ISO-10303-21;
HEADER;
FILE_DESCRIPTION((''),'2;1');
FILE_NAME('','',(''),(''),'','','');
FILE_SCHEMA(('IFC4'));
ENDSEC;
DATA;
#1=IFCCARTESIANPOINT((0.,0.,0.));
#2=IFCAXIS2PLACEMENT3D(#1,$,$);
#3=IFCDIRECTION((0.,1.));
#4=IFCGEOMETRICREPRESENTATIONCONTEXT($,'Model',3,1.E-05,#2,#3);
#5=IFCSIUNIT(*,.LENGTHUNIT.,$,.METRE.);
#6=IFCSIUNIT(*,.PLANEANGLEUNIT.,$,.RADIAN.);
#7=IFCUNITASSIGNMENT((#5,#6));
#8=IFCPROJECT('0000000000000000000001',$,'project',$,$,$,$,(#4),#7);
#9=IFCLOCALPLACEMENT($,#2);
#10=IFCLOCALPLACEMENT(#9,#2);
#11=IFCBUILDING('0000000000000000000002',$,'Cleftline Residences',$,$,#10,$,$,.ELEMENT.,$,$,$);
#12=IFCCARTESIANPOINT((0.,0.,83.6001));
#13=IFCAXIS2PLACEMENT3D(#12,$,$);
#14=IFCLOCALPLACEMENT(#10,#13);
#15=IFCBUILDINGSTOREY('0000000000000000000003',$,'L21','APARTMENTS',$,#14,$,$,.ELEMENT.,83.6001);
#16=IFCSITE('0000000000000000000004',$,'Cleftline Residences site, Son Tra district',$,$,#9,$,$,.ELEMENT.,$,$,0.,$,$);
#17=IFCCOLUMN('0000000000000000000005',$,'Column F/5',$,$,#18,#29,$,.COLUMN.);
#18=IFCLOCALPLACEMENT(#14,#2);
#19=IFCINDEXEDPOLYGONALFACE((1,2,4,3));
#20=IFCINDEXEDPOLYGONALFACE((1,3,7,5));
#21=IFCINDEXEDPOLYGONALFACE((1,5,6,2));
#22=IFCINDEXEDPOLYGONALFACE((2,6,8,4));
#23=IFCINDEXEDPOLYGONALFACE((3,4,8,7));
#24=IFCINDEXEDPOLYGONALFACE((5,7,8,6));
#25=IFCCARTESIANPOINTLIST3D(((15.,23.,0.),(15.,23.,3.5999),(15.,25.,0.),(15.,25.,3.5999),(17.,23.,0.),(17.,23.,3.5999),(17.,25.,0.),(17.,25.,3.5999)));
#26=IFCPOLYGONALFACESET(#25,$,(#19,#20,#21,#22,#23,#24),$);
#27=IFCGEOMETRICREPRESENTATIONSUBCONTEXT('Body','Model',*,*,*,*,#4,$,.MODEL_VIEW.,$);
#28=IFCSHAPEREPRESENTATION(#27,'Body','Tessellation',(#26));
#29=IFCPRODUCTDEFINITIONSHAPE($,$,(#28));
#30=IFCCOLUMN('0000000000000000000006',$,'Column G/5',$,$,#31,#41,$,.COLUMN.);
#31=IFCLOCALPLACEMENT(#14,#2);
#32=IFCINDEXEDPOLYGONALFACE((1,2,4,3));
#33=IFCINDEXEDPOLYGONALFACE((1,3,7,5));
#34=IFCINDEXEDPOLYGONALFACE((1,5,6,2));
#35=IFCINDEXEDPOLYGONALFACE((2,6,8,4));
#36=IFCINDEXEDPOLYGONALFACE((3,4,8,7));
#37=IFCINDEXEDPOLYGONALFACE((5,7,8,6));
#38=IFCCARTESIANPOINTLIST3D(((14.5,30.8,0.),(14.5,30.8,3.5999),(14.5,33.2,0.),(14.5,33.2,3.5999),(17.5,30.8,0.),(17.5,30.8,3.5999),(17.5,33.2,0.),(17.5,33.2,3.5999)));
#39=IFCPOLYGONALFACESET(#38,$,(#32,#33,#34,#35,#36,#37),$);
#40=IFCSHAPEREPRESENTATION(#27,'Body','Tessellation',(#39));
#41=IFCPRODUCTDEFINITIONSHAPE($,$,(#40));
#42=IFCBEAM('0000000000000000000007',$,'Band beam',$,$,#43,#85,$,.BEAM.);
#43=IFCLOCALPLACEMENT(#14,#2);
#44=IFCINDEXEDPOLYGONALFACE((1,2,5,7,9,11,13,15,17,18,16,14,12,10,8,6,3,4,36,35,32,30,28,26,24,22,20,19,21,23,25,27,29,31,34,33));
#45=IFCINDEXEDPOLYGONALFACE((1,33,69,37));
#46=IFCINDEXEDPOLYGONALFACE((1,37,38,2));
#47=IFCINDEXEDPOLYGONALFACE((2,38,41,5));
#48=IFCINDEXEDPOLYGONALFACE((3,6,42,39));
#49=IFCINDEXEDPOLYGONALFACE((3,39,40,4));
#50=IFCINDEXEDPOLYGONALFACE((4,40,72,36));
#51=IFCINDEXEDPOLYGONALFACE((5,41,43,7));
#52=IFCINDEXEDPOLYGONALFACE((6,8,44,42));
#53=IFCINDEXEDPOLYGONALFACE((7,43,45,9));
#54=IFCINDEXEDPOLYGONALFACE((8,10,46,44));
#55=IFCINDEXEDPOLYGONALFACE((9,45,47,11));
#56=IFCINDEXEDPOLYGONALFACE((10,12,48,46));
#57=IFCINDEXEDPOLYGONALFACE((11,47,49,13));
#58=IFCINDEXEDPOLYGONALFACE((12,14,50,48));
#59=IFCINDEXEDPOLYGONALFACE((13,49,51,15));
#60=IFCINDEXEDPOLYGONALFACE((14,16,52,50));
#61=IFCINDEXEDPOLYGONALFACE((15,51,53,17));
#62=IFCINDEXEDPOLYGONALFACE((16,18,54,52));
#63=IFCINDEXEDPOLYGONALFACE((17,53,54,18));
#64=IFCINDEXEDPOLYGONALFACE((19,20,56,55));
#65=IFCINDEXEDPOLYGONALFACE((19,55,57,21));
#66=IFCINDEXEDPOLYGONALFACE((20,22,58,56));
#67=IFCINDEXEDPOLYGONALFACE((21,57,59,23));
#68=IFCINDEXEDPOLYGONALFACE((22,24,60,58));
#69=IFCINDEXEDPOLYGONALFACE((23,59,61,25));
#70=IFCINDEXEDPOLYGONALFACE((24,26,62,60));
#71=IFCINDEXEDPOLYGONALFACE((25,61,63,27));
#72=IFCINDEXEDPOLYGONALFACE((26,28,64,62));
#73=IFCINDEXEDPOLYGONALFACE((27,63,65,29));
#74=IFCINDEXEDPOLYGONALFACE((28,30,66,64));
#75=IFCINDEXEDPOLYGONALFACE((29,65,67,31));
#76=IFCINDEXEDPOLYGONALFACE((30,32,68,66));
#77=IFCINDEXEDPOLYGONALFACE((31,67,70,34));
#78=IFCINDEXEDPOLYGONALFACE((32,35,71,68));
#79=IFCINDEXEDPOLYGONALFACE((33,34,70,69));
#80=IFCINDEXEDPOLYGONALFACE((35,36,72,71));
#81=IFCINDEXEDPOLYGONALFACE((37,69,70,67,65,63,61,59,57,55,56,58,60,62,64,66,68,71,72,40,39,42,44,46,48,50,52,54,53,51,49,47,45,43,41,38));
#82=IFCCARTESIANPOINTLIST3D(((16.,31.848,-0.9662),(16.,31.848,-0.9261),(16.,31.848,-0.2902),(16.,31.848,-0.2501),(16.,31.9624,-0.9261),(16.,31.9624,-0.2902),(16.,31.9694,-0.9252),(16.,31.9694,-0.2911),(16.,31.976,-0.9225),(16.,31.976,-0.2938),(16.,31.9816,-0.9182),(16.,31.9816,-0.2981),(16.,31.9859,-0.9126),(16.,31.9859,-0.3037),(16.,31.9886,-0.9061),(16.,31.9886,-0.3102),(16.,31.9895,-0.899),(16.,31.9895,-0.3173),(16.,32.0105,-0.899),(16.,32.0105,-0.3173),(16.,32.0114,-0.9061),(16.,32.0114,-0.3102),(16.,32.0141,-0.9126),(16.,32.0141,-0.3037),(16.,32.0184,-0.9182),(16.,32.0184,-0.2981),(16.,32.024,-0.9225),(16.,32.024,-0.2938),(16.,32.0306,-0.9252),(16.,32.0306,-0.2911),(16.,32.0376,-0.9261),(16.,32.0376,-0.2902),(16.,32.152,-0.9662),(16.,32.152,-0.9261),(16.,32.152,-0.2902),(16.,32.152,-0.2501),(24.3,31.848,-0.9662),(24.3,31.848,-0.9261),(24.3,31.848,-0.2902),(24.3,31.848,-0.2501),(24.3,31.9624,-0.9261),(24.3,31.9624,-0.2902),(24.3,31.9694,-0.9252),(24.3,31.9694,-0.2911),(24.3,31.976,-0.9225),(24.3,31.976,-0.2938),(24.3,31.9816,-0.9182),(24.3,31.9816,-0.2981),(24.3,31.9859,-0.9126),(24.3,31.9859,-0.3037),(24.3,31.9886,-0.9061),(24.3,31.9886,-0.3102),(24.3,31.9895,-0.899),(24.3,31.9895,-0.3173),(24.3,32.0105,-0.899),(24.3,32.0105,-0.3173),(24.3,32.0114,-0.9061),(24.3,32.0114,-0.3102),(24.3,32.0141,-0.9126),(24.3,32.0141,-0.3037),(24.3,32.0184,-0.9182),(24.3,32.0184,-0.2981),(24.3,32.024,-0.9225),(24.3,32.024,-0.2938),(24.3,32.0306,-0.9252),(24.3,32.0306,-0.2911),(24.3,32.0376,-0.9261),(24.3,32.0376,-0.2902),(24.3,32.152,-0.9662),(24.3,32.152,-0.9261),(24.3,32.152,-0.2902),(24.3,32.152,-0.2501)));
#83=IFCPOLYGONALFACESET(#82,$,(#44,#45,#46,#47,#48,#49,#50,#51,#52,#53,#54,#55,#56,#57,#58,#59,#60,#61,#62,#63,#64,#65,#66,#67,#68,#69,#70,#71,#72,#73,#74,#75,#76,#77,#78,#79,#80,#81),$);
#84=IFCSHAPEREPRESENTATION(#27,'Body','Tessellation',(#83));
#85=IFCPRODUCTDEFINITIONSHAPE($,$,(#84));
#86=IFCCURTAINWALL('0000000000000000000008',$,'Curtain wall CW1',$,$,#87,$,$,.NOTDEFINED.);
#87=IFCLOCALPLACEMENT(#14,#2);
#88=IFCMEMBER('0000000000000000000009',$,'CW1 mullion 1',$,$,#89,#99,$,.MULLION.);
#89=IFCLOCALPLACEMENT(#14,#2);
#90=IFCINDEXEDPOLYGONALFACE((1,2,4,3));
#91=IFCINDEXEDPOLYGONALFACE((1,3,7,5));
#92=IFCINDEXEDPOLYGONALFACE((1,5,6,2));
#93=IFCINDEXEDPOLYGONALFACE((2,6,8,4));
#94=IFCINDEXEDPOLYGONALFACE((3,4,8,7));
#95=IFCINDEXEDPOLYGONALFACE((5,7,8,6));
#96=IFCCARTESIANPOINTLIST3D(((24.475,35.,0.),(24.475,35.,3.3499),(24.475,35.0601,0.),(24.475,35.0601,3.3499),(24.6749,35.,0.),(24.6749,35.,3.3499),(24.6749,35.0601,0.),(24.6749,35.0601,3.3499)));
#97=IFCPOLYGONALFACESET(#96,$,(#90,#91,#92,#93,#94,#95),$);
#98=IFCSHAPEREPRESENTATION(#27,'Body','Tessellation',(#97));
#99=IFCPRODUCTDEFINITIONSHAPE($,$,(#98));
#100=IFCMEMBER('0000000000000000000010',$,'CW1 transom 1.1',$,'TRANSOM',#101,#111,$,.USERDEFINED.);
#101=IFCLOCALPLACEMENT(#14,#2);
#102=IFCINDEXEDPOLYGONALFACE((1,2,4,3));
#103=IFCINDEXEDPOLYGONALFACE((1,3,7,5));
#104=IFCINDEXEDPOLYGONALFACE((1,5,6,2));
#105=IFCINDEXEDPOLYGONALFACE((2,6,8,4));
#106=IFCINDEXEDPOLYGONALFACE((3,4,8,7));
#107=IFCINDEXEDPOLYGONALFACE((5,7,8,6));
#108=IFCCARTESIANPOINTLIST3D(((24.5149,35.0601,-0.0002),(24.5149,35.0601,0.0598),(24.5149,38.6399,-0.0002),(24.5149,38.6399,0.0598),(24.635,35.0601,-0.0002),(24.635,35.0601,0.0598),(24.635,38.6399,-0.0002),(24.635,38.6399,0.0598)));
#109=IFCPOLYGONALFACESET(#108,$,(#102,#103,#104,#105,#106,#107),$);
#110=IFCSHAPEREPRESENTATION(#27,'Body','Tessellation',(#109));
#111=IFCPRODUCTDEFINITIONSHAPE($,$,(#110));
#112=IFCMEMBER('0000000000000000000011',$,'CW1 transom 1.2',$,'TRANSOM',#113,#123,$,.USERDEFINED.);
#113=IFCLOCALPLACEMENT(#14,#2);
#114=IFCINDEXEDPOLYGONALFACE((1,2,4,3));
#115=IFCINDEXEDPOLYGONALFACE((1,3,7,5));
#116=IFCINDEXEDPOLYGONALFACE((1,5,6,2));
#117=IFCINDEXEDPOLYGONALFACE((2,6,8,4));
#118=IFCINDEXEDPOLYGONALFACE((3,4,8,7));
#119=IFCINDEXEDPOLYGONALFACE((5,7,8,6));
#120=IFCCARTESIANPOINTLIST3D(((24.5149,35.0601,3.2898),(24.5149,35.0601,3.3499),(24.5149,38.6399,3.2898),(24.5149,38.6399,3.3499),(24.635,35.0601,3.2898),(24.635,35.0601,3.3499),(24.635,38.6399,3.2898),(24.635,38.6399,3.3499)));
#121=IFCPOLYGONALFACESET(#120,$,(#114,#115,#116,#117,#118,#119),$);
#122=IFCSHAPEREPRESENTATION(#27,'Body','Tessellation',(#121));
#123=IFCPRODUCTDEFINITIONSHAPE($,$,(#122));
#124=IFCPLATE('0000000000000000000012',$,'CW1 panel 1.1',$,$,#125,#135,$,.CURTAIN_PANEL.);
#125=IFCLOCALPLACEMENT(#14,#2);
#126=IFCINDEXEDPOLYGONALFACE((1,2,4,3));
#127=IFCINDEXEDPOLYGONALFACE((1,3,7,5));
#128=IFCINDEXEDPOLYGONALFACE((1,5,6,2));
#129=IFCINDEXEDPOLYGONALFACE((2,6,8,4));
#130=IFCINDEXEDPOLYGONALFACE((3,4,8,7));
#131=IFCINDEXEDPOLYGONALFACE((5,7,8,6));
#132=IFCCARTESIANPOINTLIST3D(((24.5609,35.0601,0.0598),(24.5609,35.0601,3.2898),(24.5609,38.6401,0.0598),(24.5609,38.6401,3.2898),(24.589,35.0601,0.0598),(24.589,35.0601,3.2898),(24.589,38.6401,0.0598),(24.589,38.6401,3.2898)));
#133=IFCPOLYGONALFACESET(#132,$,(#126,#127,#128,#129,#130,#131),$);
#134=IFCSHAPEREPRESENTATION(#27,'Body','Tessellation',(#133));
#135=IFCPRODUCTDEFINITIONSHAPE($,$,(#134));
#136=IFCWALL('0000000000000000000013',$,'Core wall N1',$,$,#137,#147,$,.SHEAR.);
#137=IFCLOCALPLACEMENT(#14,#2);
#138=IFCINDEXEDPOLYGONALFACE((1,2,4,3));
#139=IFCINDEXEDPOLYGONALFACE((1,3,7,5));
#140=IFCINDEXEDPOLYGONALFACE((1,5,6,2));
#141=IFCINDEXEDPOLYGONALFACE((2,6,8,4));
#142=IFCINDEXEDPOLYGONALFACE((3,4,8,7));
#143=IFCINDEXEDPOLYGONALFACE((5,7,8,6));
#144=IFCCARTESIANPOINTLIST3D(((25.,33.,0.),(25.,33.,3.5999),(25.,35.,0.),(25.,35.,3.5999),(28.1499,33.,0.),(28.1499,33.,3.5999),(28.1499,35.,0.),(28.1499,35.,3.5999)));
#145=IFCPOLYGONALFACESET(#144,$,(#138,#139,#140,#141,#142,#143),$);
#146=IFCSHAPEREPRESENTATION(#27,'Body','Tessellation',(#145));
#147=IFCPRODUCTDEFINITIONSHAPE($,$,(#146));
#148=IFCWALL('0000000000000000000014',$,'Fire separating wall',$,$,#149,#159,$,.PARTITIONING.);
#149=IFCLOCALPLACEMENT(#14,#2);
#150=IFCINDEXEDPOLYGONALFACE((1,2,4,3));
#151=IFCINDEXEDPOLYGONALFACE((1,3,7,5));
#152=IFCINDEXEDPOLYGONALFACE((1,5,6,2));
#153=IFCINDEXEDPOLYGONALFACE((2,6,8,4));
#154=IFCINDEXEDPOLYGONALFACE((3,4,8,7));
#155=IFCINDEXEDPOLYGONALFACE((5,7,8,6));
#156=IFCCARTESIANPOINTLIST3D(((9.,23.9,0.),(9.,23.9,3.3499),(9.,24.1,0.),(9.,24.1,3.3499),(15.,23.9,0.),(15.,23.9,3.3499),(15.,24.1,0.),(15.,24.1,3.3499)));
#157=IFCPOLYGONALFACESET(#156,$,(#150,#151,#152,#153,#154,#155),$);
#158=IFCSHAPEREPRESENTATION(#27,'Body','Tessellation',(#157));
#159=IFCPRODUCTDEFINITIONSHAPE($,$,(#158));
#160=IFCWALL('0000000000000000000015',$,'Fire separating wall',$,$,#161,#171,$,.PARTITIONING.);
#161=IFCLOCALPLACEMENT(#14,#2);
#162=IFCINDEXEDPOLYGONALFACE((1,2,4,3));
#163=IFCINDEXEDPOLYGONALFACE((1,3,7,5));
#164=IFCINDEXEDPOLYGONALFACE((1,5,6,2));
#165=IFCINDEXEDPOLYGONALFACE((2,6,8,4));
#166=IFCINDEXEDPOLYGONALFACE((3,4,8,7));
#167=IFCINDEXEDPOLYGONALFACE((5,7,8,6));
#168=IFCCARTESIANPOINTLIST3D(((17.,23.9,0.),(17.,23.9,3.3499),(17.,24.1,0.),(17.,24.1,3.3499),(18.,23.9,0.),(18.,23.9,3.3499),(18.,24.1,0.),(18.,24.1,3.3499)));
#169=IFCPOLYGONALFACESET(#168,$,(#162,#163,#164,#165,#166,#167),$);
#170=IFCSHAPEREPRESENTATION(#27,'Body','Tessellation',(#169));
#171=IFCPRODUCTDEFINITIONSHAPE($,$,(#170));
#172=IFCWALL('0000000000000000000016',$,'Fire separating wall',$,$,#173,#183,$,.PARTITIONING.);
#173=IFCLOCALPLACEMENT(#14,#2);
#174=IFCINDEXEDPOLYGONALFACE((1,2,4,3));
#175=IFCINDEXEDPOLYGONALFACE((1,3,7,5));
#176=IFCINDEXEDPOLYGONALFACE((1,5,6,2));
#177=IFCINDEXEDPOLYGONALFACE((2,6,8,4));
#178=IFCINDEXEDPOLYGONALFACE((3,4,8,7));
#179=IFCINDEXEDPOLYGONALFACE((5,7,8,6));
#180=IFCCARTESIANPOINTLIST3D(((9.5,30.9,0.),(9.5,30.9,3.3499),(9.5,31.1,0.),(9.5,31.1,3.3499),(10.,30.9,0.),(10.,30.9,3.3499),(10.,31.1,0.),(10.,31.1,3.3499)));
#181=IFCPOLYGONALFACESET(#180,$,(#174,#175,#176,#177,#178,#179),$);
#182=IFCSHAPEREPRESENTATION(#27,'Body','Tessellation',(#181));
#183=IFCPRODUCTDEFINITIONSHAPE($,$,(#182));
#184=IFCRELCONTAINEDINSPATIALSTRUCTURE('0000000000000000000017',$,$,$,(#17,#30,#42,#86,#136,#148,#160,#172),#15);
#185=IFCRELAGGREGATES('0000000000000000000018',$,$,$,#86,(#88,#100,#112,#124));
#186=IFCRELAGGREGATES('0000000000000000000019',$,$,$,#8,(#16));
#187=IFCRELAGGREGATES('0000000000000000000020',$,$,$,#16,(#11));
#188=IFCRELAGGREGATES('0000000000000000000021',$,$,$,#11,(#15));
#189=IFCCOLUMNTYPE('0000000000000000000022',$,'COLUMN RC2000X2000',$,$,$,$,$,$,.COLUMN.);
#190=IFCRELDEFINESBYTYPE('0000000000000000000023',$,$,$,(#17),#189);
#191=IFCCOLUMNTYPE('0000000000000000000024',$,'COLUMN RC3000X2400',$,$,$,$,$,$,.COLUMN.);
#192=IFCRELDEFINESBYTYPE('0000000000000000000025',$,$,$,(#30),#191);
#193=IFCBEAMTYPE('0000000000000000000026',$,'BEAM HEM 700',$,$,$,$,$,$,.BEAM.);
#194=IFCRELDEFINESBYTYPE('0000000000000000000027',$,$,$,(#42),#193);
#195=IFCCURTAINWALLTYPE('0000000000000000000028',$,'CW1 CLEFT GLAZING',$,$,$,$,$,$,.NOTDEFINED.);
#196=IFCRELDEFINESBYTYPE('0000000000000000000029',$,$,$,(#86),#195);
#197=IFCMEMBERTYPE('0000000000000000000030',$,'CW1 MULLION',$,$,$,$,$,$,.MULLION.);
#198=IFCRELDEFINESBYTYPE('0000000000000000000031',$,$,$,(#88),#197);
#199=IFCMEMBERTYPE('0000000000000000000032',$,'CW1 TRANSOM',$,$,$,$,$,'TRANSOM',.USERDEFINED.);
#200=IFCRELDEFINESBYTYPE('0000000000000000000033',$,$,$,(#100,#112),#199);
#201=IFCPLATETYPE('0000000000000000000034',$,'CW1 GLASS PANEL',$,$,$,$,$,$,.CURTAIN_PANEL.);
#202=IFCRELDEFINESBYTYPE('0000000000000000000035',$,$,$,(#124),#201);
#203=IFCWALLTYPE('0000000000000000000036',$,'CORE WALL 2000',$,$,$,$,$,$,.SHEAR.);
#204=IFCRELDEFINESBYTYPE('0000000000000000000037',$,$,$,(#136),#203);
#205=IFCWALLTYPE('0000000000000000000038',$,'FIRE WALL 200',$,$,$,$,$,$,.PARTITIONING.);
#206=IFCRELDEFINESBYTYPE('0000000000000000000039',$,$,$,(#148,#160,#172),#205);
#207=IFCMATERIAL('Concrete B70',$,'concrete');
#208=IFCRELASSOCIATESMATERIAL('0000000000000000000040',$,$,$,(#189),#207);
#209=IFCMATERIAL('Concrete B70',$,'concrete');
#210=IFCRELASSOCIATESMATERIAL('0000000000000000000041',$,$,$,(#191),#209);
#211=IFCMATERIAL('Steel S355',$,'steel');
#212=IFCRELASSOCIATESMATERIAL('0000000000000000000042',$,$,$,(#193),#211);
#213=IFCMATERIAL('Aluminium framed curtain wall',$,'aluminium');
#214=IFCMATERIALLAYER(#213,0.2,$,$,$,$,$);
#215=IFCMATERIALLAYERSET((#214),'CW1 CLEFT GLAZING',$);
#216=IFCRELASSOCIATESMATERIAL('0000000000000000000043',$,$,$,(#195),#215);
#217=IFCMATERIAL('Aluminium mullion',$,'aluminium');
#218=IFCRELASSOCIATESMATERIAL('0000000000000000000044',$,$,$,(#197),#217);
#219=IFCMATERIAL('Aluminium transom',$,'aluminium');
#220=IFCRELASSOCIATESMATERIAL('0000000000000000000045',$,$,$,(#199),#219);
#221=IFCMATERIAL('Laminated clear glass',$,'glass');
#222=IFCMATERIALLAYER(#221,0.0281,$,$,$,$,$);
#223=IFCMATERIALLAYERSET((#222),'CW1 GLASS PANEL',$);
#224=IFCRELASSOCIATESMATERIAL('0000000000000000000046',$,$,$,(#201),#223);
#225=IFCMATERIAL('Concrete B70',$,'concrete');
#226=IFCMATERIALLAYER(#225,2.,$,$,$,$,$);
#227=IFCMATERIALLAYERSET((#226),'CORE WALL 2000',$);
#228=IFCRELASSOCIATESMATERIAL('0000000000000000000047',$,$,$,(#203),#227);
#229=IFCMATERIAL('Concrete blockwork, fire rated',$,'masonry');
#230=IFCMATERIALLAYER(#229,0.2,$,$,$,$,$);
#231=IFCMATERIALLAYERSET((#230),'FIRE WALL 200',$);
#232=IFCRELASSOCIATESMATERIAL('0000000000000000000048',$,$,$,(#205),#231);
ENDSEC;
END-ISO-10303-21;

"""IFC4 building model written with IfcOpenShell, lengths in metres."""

from ifc_helpers import new_model, si_unit, direction, frame, frame_2d, origin, origin_2d, place, context, subcontext, project, spatial, rectangle, i_section, extrude, material, layer, layer_set, material_profile, profile_set, type_object, element, aggregate, save


model = new_model("IFC4")

# Units and contexts
model_context = context("Model", 3, precision=1e-05, world=origin(), true_north=direction((0.0, 1.0)))
body_context = subcontext(model_context, "Body", "Model", "MODEL_VIEW")
ifc_project = project(units=[si_unit("LENGTHUNIT", "METRE"), si_unit("PLANEANGLEUNIT", "RADIAN")], contexts=[model_context])

# Site, building, storey
site_placement = place(None, origin())
site = spatial("IfcSite", under=ifc_project, at=site_placement, Name="Cleftline Residences site, Son Tra district", CompositionType="ELEMENT", RefElevation=0.0)
building_placement = place(site_placement, origin())
building = spatial("IfcBuilding", under=site, at=building_placement, Name="Cleftline Residences", CompositionType="ELEMENT")
storey_placement = place(building_placement, frame((0.0, 0.0, 83.6001)))
storey = spatial("IfcBuildingStorey", under=building, at=storey_placement, Name="L21", Description="APARTMENTS", CompositionType="ELEMENT", Elevation=83.6001)

# Columns
ifc_material_1 = material(Name="Concrete B70", Category="concrete")
ifc_material_profile_1 = material_profile(ifc_material_1, rectangle(XDim=2.0, YDim=2.0, at=origin_2d()))
ifc_profile_set_1 = profile_set([ifc_material_profile_1], Name="Concrete B70")
column_type_1 = type_object("IfcColumnType", Name="COLUMN RC2000X2000", PredefinedType="COLUMN", material=ifc_profile_set_1)
column_1_placement = place(storey_placement, frame((16.0, 24.0, 0.0), z_axis=(0.0, 0.0, 1.0), x_axis=(1.0, 0.0, 0.0)))
element("IfcColumn", 1, at=column_1_placement, inside=storey, type_object=column_type_1, Name="Column F/5", PredefinedType="COLUMN", context=body_context, shape_type="SweptSolid", body=[
    extrude(rectangle(XDim=2.0, YDim=2.0, at=origin_2d()), origin(), (0.0, 0.0, 1.0), 3.5999),
])
ifc_material_2 = material(Name="Concrete B70", Category="concrete")
ifc_material_profile_2 = material_profile(ifc_material_2, rectangle(XDim=3.0, YDim=2.3999, at=origin_2d()))
ifc_profile_set_2 = profile_set([ifc_material_profile_2], Name="Concrete B70")
column_type_2 = type_object("IfcColumnType", Name="COLUMN RC3000X2400", PredefinedType="COLUMN", material=ifc_profile_set_2)
column_2_placement = place(storey_placement, frame((16.0, 32.0, 0.0), z_axis=(0.0, 0.0, 1.0), x_axis=(1.0, 0.0, 0.0)))
element("IfcColumn", 2, at=column_2_placement, inside=storey, type_object=column_type_2, Name="Column G/5", PredefinedType="COLUMN", context=body_context, shape_type="SweptSolid", body=[
    extrude(rectangle(XDim=3.0, YDim=2.3999, at=origin_2d()), origin(), (0.0, 0.0, 1.0), 3.5999),
])

# Beam
ifc_material_3 = material(Name="Steel S355", Category="steel")
ifc_material_profile_3 = material_profile(ifc_material_3, i_section(OverallWidth=0.304, OverallDepth=0.7161, WebThickness=0.021, FlangeThickness=0.04, FilletRadius=0.0271, at=origin_2d()))
ifc_profile_set_3 = profile_set([ifc_material_profile_3], Name="Steel S355")
beam_type = type_object("IfcBeamType", Name="BEAM HEM 700", PredefinedType="BEAM", material=ifc_profile_set_3)
beam_placement = place(storey_placement, frame((16.0, 32.0, -0.6082), z_axis=(1.0, 0.0, 0.0), x_axis=(0.0, 1.0, 0.0)))
element("IfcBeam", 3, at=beam_placement, inside=storey, type_object=beam_type, Name="Band beam", PredefinedType="BEAM", context=body_context, shape_type="SweptSolid", body=[
    extrude(i_section(OverallWidth=0.304, OverallDepth=0.7161, WebThickness=0.021, FlangeThickness=0.04, FilletRadius=0.0271, at=origin_2d()), origin(), (0.0, 0.0, 1.0), 8.3),
])

# Curtain wall, members, plate
ifc_material_4 = material(Name="Aluminium framed curtain wall", Category="aluminium")
ifc_layer_1 = layer(ifc_material_4, 0.2)
ifc_layer_set_1 = layer_set([ifc_layer_1], Name="CW1 CLEFT GLAZING")
curtain_wall_type = type_object("IfcCurtainWallType", Name="CW1 CLEFT GLAZING", PredefinedType="NOTDEFINED", material=ifc_layer_set_1)
curtain_wall_placement = place(storey_placement, origin())
curtain_wall = element("IfcCurtainWall", 4, at=curtain_wall_placement, inside=storey, type_object=curtain_wall_type, Name="Curtain wall CW1", PredefinedType="NOTDEFINED")
ifc_material_5 = material(Name="Aluminium mullion", Category="aluminium")
ifc_material_profile_4 = material_profile(ifc_material_5, rectangle(XDim=0.2, YDim=0.0601, at=origin_2d()))
ifc_profile_set_4 = profile_set([ifc_material_profile_4], Name="Aluminium mullion")
member_type_1 = type_object("IfcMemberType", Name="CW1 MULLION", PredefinedType="MULLION", material=ifc_profile_set_4)
member_1_placement = place(storey_placement, frame((24.575, 35.03, 0.0), z_axis=(0.0, 0.0, 1.0), x_axis=(-1.0, 0.0, 0.0)))
member_1 = element("IfcMember", 5, at=member_1_placement, type_object=member_type_1, Name="CW1 mullion 1", PredefinedType="MULLION", context=body_context, shape_type="SweptSolid", body=[
    extrude(rectangle(XDim=0.2, YDim=0.0601, at=origin_2d()), origin(), (0.0, 0.0, 1.0), 3.3499),
])
ifc_material_6 = material(Name="Aluminium transom", Category="aluminium")
ifc_material_profile_5 = material_profile(ifc_material_6, rectangle(XDim=0.1201, YDim=0.0601, at=origin_2d()))
ifc_profile_set_5 = profile_set([ifc_material_profile_5], Name="Aluminium transom")
member_type_2 = type_object("IfcMemberType", Name="CW1 TRANSOM", ElementType="TRANSOM", PredefinedType="USERDEFINED", material=ifc_profile_set_5)
member_2_placement = place(storey_placement, frame((24.575, 35.0601, 0.0298), z_axis=(0.0, 1.0, 0.0), x_axis=(-1.0, 0.0, 0.0)))
member_2 = element("IfcMember", 6, at=member_2_placement, type_object=member_type_2, Name="CW1 transom 1.1", ObjectType="TRANSOM", PredefinedType="USERDEFINED", context=body_context, shape_type="SweptSolid", body=[
    extrude(rectangle(XDim=0.1201, YDim=0.0601, at=origin_2d()), origin(), (0.0, 0.0, 1.0), 3.5798),
])
member_3_placement = place(storey_placement, frame((24.575, 35.0601, 3.3198), z_axis=(0.0, 1.0, 0.0), x_axis=(-1.0, 0.0, 0.0)))
member_3 = element("IfcMember", 7, at=member_3_placement, type_object=member_type_2, Name="CW1 transom 1.2", ObjectType="TRANSOM", PredefinedType="USERDEFINED", context=body_context, shape_type="SweptSolid", body=[
    extrude(rectangle(XDim=0.1201, YDim=0.0601, at=origin_2d()), origin(), (0.0, 0.0, 1.0), 3.5798),
])
ifc_material_7 = material(Name="Laminated clear glass", Category="glass")
ifc_layer_2 = layer(ifc_material_7, 0.0281)
ifc_layer_set_2 = layer_set([ifc_layer_2], Name="CW1 GLASS PANEL")
plate_type = type_object("IfcPlateType", Name="CW1 GLASS PANEL", PredefinedType="CURTAIN_PANEL", material=ifc_layer_set_2)
plate_placement = place(storey_placement, frame((24.575, 36.8501, 0.0598), z_axis=(0.0, 0.0, 1.0), x_axis=(0.0, 1.0, 0.0)))
plate = element("IfcPlate", 8, at=plate_placement, type_object=plate_type, Name="CW1 panel 1.1", PredefinedType="CURTAIN_PANEL", context=body_context, shape_type="SweptSolid", body=[
    extrude(rectangle(XDim=3.5801, YDim=0.0281, at=origin_2d()), origin(), (0.0, 0.0, 1.0), 3.23),
])
aggregate(curtain_wall, [member_1, member_2, member_3, plate])

# Walls
ifc_material_8 = material(Name="Concrete B70", Category="concrete")
ifc_layer_3 = layer(ifc_material_8, 2.0)
ifc_layer_set_3 = layer_set([ifc_layer_3], Name="CORE WALL 2000")
wall_type_1 = type_object("IfcWallType", Name="CORE WALL 2000", PredefinedType="SHEAR", material=ifc_layer_set_3)
wall_1_placement = place(storey_placement, frame((25.0, 34.0, 0.0), z_axis=(0.0, 0.0, 1.0), x_axis=(1.0, 0.0, 0.0)))
element("IfcWall", 9, at=wall_1_placement, inside=storey, type_object=wall_type_1, Name="Core wall N1", PredefinedType="SHEAR", context=body_context, shape_type="SweptSolid", body=[
    extrude(rectangle(XDim=3.1499, YDim=2.0, at=frame_2d((1.575, 0.0))), origin(), (0.0, 0.0, 1.0), 3.5999),
])
ifc_material_9 = material(Name="Concrete blockwork, fire rated", Category="masonry")
ifc_layer_4 = layer(ifc_material_9, 0.2)
ifc_layer_set_4 = layer_set([ifc_layer_4], Name="FIRE WALL 200")
wall_type_2 = type_object("IfcWallType", Name="FIRE WALL 200", PredefinedType="PARTITIONING", material=ifc_layer_set_4)
wall_2_placement = place(storey_placement, frame((9.0, 24.0, 0.0), z_axis=(0.0, 0.0, 1.0), x_axis=(1.0, 0.0, 0.0)))
element("IfcWall", 10, at=wall_2_placement, inside=storey, type_object=wall_type_2, Name="Fire separating wall", PredefinedType="PARTITIONING", context=body_context, shape_type="SweptSolid", body=[
    extrude(rectangle(XDim=6.0, YDim=0.2, at=frame_2d((3.0, 0.0))), origin(), (0.0, 0.0, 1.0), 3.3499),
])
wall_3_placement = place(storey_placement, frame((17.0, 24.0, 0.0), z_axis=(0.0, 0.0, 1.0), x_axis=(1.0, 0.0, 0.0)))
element("IfcWall", 11, at=wall_3_placement, inside=storey, type_object=wall_type_2, Name="Fire separating wall", PredefinedType="PARTITIONING", context=body_context, shape_type="SweptSolid", body=[
    extrude(rectangle(XDim=1.0, YDim=0.2, at=frame_2d((0.5, 0.0))), origin(), (0.0, 0.0, 1.0), 3.3499),
])
wall_4_placement = place(storey_placement, frame((9.5, 31.0, 0.0), z_axis=(0.0, 0.0, 1.0), x_axis=(1.0, 0.0, 0.0)))
element("IfcWall", 12, at=wall_4_placement, inside=storey, type_object=wall_type_2, Name="Fire separating wall", PredefinedType="PARTITIONING", context=body_context, shape_type="SweptSolid", body=[
    extrude(rectangle(XDim=0.5, YDim=0.2, at=frame_2d((0.25, 0.0))), origin(), (0.0, 0.0, 1.0), 3.3499),
])

save(model, "model.ifc")
